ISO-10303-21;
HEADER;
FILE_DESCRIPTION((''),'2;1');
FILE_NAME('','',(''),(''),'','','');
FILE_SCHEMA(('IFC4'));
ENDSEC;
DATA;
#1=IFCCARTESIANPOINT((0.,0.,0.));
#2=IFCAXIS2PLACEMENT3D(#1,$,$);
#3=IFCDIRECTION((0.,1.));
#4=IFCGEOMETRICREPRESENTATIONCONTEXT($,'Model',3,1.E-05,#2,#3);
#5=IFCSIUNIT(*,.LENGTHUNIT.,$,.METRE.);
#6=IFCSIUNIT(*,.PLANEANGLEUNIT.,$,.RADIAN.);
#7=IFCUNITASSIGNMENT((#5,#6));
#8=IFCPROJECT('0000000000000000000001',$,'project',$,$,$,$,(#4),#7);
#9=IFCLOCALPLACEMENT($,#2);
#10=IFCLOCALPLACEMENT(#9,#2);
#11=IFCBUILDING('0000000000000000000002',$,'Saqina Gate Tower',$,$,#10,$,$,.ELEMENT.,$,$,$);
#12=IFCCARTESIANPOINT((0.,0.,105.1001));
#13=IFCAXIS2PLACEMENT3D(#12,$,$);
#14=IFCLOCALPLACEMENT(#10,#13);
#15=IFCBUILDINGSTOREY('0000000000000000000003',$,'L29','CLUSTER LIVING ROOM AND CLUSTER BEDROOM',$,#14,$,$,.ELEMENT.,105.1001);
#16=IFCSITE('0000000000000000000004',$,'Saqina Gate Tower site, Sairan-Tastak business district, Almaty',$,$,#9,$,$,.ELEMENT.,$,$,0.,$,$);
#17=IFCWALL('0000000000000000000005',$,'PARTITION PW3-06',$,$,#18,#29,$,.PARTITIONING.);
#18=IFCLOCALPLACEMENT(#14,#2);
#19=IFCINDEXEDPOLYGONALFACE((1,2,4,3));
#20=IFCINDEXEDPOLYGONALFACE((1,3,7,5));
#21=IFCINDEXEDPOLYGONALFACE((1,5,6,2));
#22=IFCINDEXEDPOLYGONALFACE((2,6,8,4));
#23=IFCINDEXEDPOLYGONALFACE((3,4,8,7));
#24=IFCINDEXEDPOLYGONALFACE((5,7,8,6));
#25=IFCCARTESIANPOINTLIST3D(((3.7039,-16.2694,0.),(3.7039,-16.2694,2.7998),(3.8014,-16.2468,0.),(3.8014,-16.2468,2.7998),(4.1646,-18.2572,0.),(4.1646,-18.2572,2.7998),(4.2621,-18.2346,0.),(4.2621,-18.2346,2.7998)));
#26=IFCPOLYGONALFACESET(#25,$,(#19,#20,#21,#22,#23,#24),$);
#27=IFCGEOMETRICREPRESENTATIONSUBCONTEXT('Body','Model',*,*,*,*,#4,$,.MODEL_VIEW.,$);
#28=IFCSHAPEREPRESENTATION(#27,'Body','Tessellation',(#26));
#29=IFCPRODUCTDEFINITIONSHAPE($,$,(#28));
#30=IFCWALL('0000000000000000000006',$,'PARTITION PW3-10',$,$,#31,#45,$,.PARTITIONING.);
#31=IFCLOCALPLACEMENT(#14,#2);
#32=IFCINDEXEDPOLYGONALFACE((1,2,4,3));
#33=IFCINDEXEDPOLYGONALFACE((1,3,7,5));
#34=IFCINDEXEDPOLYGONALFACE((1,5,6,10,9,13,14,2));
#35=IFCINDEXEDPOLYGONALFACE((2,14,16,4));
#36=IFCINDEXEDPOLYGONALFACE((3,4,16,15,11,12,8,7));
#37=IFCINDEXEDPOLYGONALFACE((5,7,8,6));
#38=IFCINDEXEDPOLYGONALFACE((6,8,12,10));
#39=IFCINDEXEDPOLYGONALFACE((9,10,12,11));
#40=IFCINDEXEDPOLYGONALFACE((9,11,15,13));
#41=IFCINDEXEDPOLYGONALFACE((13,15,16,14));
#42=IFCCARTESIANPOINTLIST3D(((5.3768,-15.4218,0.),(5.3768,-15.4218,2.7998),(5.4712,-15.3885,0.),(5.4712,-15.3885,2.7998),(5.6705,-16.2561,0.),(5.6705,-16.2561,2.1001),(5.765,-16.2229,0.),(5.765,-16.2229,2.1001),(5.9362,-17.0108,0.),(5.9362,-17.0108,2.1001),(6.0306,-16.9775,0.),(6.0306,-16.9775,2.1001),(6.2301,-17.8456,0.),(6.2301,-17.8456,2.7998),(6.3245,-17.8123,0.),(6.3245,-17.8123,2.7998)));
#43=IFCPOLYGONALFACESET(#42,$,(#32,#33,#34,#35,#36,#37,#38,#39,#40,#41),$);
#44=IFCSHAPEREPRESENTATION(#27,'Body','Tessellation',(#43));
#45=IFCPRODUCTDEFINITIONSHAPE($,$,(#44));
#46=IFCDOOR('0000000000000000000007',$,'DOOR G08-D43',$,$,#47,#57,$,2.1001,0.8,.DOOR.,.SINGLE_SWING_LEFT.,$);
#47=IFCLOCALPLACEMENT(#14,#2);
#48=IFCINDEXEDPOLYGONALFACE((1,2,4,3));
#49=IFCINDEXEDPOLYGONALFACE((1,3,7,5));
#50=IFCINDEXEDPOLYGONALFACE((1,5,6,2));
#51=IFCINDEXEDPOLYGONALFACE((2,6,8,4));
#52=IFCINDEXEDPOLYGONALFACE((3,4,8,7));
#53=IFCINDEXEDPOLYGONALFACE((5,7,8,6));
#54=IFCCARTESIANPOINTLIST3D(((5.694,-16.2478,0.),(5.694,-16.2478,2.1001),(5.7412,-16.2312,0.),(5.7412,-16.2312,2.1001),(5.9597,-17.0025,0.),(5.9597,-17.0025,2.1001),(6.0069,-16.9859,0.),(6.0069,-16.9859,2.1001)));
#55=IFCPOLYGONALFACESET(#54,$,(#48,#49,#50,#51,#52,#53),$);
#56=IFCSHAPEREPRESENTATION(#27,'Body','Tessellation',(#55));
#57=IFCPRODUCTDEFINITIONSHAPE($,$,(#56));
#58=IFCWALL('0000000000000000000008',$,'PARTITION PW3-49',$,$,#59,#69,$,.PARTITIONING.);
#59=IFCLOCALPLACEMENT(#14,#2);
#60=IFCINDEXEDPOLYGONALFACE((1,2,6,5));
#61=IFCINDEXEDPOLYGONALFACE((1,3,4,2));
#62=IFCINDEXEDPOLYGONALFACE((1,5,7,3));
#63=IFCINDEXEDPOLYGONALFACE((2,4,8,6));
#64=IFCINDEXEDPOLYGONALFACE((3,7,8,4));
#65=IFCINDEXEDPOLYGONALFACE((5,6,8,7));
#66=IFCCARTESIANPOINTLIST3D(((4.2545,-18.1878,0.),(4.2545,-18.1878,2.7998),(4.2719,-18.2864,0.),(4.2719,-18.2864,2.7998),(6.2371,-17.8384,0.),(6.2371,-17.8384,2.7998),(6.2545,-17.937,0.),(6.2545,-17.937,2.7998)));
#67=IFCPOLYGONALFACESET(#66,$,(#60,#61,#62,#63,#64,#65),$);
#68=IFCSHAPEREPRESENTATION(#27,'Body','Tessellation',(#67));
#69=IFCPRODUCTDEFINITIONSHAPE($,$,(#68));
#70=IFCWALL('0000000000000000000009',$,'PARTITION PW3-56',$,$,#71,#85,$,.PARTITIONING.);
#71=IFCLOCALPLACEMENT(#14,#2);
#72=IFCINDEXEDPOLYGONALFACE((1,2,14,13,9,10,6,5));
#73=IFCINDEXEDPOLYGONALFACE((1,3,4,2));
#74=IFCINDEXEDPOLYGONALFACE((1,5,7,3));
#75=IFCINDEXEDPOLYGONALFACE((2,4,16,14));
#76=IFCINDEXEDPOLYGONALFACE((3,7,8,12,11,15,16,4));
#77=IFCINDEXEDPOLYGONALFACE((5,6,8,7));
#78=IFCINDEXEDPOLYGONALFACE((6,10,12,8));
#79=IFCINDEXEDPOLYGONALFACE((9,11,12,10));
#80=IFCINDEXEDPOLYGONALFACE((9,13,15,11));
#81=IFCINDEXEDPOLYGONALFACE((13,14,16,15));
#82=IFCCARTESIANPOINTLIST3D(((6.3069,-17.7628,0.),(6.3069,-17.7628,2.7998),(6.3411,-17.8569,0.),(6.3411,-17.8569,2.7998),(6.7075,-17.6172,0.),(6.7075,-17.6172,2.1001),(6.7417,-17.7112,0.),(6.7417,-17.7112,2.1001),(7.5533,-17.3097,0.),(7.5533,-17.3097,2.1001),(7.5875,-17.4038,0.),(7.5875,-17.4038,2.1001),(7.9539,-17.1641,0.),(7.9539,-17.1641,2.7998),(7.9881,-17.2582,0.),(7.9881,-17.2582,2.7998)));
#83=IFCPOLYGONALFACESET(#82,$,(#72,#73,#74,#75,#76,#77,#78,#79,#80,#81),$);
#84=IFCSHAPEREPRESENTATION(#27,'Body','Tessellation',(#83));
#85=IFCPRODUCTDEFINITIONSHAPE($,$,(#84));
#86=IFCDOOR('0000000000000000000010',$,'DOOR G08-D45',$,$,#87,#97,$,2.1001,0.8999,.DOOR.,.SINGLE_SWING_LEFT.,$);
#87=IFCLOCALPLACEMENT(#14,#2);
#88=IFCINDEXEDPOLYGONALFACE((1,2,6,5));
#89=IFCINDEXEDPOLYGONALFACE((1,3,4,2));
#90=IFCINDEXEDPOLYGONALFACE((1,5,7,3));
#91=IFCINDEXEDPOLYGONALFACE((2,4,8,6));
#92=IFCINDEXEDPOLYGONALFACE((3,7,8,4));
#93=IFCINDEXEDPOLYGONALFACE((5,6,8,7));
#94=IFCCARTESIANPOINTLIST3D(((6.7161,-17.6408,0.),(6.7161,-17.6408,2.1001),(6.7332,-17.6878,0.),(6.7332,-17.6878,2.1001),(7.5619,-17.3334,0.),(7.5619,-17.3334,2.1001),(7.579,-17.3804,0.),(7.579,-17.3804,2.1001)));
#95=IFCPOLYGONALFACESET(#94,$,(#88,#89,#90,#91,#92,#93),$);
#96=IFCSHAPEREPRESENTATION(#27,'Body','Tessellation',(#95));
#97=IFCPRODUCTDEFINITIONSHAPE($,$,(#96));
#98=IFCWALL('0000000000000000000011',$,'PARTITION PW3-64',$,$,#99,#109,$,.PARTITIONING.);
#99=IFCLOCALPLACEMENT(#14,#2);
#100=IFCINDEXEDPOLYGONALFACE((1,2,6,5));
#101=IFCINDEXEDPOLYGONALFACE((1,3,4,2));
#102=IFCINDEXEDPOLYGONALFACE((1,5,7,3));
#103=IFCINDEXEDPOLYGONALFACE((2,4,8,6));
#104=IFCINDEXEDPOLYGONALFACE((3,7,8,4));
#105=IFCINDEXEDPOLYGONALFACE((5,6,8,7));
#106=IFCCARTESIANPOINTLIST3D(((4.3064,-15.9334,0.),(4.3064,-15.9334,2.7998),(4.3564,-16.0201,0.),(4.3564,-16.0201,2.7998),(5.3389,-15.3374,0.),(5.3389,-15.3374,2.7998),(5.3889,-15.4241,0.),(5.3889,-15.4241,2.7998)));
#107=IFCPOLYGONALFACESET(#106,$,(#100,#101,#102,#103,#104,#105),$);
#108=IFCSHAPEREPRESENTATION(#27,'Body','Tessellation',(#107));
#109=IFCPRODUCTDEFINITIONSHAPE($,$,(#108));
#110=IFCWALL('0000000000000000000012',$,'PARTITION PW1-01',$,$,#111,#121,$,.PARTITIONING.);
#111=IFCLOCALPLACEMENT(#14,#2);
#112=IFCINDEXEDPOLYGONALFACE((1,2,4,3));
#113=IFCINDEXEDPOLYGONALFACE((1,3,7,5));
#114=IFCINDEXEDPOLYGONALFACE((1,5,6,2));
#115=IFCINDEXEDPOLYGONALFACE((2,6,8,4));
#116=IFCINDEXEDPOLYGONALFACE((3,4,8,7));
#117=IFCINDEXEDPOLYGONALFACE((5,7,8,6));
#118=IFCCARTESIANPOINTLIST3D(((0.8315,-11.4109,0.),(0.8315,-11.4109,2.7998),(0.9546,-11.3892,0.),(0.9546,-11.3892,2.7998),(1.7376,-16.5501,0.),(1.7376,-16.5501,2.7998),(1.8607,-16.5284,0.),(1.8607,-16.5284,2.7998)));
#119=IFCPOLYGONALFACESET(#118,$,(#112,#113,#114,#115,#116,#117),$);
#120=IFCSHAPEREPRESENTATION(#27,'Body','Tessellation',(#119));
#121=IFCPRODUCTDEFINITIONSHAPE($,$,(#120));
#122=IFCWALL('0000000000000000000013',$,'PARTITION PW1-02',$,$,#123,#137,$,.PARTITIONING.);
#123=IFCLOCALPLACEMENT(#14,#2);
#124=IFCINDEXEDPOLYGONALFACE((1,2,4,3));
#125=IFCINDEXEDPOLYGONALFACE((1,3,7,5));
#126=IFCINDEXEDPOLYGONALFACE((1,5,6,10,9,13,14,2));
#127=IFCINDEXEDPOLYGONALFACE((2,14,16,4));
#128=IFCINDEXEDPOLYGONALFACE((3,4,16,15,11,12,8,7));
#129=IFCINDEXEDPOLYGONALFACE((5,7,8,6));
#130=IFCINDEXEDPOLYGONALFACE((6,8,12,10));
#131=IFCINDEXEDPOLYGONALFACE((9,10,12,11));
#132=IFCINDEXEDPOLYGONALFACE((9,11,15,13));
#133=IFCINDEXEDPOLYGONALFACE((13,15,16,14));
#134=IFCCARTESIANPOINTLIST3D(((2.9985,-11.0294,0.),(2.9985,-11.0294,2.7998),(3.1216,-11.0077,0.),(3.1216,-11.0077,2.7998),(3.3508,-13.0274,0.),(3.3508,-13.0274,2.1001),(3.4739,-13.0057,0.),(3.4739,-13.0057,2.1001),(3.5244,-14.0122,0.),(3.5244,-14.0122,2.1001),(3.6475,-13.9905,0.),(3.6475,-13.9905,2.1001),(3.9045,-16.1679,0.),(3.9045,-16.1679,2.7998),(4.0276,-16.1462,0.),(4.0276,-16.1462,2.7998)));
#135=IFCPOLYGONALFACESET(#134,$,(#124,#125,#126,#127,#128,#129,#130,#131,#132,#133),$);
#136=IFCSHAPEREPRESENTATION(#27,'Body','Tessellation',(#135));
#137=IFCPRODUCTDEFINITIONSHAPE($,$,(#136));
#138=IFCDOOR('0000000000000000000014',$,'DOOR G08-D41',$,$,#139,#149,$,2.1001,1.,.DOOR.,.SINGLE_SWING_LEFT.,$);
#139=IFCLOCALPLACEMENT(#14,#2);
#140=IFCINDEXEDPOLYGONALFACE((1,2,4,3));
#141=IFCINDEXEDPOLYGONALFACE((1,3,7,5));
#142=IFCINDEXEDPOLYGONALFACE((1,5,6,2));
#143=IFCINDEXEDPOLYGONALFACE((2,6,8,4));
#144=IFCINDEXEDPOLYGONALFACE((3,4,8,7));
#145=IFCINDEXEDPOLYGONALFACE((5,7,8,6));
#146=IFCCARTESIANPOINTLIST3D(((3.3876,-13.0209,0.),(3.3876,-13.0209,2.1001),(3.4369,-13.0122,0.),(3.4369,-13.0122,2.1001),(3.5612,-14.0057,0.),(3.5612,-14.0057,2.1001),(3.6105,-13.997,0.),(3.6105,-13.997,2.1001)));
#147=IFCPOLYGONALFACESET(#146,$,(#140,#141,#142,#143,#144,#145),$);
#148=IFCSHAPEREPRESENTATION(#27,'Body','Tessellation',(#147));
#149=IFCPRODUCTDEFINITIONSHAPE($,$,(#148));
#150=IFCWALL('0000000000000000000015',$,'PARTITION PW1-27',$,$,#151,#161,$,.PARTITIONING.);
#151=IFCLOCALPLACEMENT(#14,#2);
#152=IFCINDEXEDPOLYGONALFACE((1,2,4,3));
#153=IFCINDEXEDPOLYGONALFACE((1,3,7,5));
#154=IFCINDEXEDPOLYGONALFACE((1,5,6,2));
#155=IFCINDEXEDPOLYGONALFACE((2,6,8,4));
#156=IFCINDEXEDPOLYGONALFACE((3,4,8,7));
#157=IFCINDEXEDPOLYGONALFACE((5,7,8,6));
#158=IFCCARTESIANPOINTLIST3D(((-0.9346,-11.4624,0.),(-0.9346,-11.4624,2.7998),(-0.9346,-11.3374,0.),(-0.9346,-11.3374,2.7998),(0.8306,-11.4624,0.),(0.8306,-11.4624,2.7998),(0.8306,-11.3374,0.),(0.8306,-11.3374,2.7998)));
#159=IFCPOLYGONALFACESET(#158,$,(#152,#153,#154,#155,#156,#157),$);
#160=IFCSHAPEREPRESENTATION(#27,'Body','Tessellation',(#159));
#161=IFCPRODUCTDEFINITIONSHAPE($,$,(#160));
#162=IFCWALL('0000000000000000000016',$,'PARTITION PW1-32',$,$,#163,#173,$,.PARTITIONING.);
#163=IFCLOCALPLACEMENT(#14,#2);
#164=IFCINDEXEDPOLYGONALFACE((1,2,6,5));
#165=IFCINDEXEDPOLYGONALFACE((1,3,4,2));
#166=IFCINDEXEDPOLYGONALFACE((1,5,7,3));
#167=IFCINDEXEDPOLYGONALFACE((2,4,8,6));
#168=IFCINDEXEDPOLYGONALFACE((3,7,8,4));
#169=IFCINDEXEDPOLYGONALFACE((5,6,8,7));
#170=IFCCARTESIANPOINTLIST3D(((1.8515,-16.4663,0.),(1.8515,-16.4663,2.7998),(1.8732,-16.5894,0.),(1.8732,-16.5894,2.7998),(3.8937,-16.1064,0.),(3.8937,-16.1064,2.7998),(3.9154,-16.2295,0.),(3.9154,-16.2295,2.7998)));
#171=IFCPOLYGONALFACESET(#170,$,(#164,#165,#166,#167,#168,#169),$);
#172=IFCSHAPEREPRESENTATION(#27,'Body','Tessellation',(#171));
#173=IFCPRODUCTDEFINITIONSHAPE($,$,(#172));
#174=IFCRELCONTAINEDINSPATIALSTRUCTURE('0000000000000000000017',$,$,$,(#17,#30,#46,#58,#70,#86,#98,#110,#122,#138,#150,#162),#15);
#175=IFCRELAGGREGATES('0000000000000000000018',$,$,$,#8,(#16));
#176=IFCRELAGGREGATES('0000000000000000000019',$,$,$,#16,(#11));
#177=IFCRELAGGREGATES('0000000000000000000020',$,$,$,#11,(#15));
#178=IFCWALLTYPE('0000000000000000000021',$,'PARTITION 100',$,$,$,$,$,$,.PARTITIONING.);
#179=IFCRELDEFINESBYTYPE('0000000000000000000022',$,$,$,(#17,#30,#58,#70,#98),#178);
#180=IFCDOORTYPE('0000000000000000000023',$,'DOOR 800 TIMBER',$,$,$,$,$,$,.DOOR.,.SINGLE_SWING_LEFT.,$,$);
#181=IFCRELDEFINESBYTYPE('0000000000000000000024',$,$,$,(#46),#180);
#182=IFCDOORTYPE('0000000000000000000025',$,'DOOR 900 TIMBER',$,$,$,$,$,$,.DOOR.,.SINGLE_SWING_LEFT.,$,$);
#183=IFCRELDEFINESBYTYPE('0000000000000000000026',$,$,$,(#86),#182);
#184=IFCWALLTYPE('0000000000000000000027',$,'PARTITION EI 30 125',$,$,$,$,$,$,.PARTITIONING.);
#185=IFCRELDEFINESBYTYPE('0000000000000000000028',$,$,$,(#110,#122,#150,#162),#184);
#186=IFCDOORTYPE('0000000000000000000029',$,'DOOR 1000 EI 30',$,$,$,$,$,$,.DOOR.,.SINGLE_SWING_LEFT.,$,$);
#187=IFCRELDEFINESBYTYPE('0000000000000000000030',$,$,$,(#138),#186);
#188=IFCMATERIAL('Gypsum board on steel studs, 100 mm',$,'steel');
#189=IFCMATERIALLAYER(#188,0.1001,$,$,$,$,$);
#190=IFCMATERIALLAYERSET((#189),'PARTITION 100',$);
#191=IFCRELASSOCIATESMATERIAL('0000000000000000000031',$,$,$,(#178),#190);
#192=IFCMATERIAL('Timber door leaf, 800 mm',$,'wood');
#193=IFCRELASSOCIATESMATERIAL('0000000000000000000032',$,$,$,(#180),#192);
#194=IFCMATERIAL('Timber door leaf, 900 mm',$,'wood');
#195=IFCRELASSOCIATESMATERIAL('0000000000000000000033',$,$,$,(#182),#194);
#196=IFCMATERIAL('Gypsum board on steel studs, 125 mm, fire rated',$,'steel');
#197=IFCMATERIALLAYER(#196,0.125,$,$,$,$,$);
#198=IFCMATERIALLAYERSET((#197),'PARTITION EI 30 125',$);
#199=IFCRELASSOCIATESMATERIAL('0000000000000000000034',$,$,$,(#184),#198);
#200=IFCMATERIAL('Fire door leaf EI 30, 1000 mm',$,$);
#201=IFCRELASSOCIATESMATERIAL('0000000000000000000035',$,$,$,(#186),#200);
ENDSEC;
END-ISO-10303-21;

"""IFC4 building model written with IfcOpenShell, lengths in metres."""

from ifc_helpers import new_model, si_unit, direction, frame, frame_2d, origin, place, context, subcontext, project, spatial, rectangle, extrude, material, layer, layer_set, type_object, element, fill, save


model = new_model("IFC4")

# Units and contexts
model_context = context("Model", 3, precision=1e-05, world=origin(), true_north=direction((0.0, 1.0)))
body_context = subcontext(model_context, "Body", "Model", "MODEL_VIEW")
ifc_project = project(units=[si_unit("LENGTHUNIT", "METRE"), si_unit("PLANEANGLEUNIT", "RADIAN")], contexts=[model_context])

# Site, building, storey
site_placement = place(None, origin())
site = spatial("IfcSite", under=ifc_project, at=site_placement, Name="Saqina Gate Tower site, Sairan-Tastak business district, Almaty", CompositionType="ELEMENT", RefElevation=0.0)
building_placement = place(site_placement, origin())
building = spatial("IfcBuilding", under=site, at=building_placement, Name="Saqina Gate Tower", CompositionType="ELEMENT")
storey_placement = place(building_placement, frame((0.0, 0.0, 105.1001)))
storey = spatial("IfcBuildingStorey", under=building, at=storey_placement, Name="L29", Description="CLUSTER LIVING ROOM AND CLUSTER BEDROOM", CompositionType="ELEMENT", Elevation=105.1001)

# Wall
ifc_material_1 = material(Name="Gypsum board on steel studs, 100 mm", Category="steel")
ifc_layer_1 = layer(ifc_material_1, 0.1001)
ifc_layer_set_1 = layer_set([ifc_layer_1], Name="PARTITION 100")
wall_type_1 = type_object("IfcWallType", Name="PARTITION 100", PredefinedType="PARTITIONING", material=ifc_layer_set_1)
wall_1_placement = place(storey_placement, frame((3.7527, -16.2581, 0.0), z_axis=(0.0, 0.0, 1.0), x_axis=(0.225777, -0.974179, 0.0)))
element("IfcWall", 1, at=wall_1_placement, inside=storey, type_object=wall_type_1, Name="PARTITION PW3-06", PredefinedType="PARTITIONING", context=body_context, shape_type="SweptSolid", body=[
    extrude(rectangle(XDim=2.0405, YDim=0.1001, at=frame_2d((1.0203, 0.0))), origin(), (0.0, 0.0, 1.0), 2.7998),
])

# Wall, opening, door
wall_2_placement = place(storey_placement, frame((5.4241, -15.4053, 0.0), z_axis=(0.0, 0.0, 1.0), x_axis=(0.33206, -0.943258, 0.0)))
wall_2 = element("IfcWall", 2, at=wall_2_placement, inside=storey, type_object=wall_type_1, Name="PARTITION PW3-10", PredefinedType="PARTITIONING", context=body_context, shape_type="SweptSolid", body=[
    extrude(rectangle(XDim=2.5696, YDim=0.1001, at=frame_2d((1.2847, 0.0))), origin(), (0.0, 0.0, 1.0), 2.7998),
])
opening_1_placement = place(wall_2_placement, frame((0.8845, 0.0, 0.0)))
opening_1 = element("IfcOpeningElement", 3, at=opening_1_placement, cuts=wall_2, PredefinedType="OPENING", context=body_context, shape_type="SweptSolid", body=[
    extrude(rectangle(XDim=0.8, YDim=2.1001, at=frame_2d((0.3999, 1.05))), frame((0.0, 0.062, 0.0), z_axis=(0.0, -1.0, 0.0), x_axis=(1.0, 0.0, 0.0)), (0.0, 0.0, 1.0), 0.124),
])
ifc_material_2 = material(Name="Timber door leaf, 800 mm", Category="wood")
door_type_1 = type_object("IfcDoorType", Name="DOOR 800 TIMBER", OperationType="SINGLE_SWING_LEFT", PredefinedType="DOOR", material=ifc_material_2)
door_1_placement = place(opening_1_placement, origin())
door_1 = element("IfcDoor", 4, at=door_1_placement, inside=storey, type_object=door_type_1, Name="DOOR G08-D43", OperationType="SINGLE_SWING_LEFT", OverallHeight=2.1001, OverallWidth=0.8, PredefinedType="DOOR", context=body_context, shape_type="SweptSolid", body=[
    extrude(rectangle(XDim=0.8, YDim=2.1001, at=frame_2d((0.3999, 1.05))), frame((0.0, 0.0249, 0.0), z_axis=(0.0, -1.0, 0.0), x_axis=(1.0, 0.0, 0.0)), (0.0, 0.0, 1.0), 0.05),
])
fill(opening_1, door_1)

# Wall
wall_3_placement = place(storey_placement, frame((4.2632, -18.2371, 0.0), z_axis=(0.0, 0.0, 1.0), x_axis=(0.984827, 0.173536, 0.0)))
element("IfcWall", 5, at=wall_3_placement, inside=storey, type_object=wall_type_1, Name="PARTITION PW3-49", PredefinedType="PARTITIONING", context=body_context, shape_type="SweptSolid", body=[
    extrude(rectangle(XDim=2.0132, YDim=0.1001, at=frame_2d((1.0066, 0.0))), origin(), (0.0, 0.0, 1.0), 2.7998),
])

# Wall, opening, door
wall_4_placement = place(storey_placement, frame((6.324, -17.8098, 0.0), z_axis=(0.0, 0.0, 1.0), x_axis=(0.939842, 0.341609, 0.0)))
wall_4 = element("IfcWall", 6, at=wall_4_placement, inside=storey, type_object=wall_type_1, Name="PARTITION PW3-56", PredefinedType="PARTITIONING", context=body_context, shape_type="SweptSolid", body=[
    extrude(rectangle(XDim=1.7524, YDim=0.1001, at=frame_2d((0.8762, 0.0))), origin(), (0.0, 0.0, 1.0), 2.7998),
])
opening_2_placement = place(wall_4_placement, frame((0.4263, 0.0, 0.0)))
opening_2 = element("IfcOpeningElement", 7, at=opening_2_placement, cuts=wall_4, PredefinedType="OPENING", context=body_context, shape_type="SweptSolid", body=[
    extrude(rectangle(XDim=0.8999, YDim=2.1001, at=frame_2d((0.45, 1.05))), frame((0.0, 0.062, 0.0), z_axis=(0.0, -1.0, 0.0), x_axis=(1.0, 0.0, 0.0)), (0.0, 0.0, 1.0), 0.124),
])
ifc_material_3 = material(Name="Timber door leaf, 900 mm", Category="wood")
door_type_2 = type_object("IfcDoorType", Name="DOOR 900 TIMBER", OperationType="SINGLE_SWING_LEFT", PredefinedType="DOOR", material=ifc_material_3)
door_2_placement = place(opening_2_placement, origin())
door_2 = element("IfcDoor", 8, at=door_2_placement, inside=storey, type_object=door_type_2, Name="DOOR G08-D45", OperationType="SINGLE_SWING_LEFT", OverallHeight=2.1001, OverallWidth=0.8999, PredefinedType="DOOR", context=body_context, shape_type="SweptSolid", body=[
    extrude(rectangle(XDim=0.8999, YDim=2.1001, at=frame_2d((0.45, 1.05))), frame((0.0, 0.0249, 0.0), z_axis=(0.0, -1.0, 0.0), x_axis=(1.0, 0.0, 0.0)), (0.0, 0.0, 1.0), 0.05),
])
fill(opening_2, door_2)

# Walls
wall_5_placement = place(storey_placement, frame((4.3313, -15.9768, 0.0), z_axis=(0.0, 0.0, 1.0), x_axis=(0.86608, 0.499906, 0.0)))
element("IfcWall", 9, at=wall_5_placement, inside=storey, type_object=wall_type_1, Name="PARTITION PW3-64", PredefinedType="PARTITIONING", context=body_context, shape_type="SweptSolid", body=[
    extrude(rectangle(XDim=1.1921, YDim=0.1001, at=frame_2d((0.5962, 0.0))), origin(), (0.0, 0.0, 1.0), 2.7998),
])
ifc_material_4 = material(Name="Gypsum board on steel studs, 125 mm, fire rated", Category="steel")
ifc_layer_2 = layer(ifc_material_4, 0.125)
ifc_layer_set_2 = layer_set([ifc_layer_2], Name="PARTITION EI 30 125")
wall_type_2 = type_object("IfcWallType", Name="PARTITION EI 30 125", PredefinedType="PARTITIONING", material=ifc_layer_set_2)
wall_6_placement = place(storey_placement, frame((0.8931, -11.3999, 0.0), z_axis=(0.0, 0.0, 1.0), x_axis=(0.173617, -0.984813, 0.0)))
element("IfcWall", 10, at=wall_6_placement, inside=storey, type_object=wall_type_2, Name="PARTITION PW1-01", PredefinedType="PARTITIONING", context=body_context, shape_type="SweptSolid", body=[
    extrude(rectangle(XDim=5.2185, YDim=0.125, at=frame_2d((2.6094, 0.0))), origin(), (0.0, 0.0, 1.0), 2.7998),
])

# Wall, opening, door
wall_7_placement = place(storey_placement, frame((3.0601, -11.0186, 0.0), z_axis=(0.0, 0.0, 1.0), x_axis=(0.173641, -0.984809, 0.0)))
wall_7 = element("IfcWall", 11, at=wall_7_placement, inside=storey, type_object=wall_type_2, Name="PARTITION PW1-02", PredefinedType="PARTITIONING", context=body_context, shape_type="SweptSolid", body=[
    extrude(rectangle(XDim=5.2178, YDim=0.125, at=frame_2d((2.6089, 0.0))), origin(), (0.0, 0.0, 1.0), 2.7998),
])
opening_3_placement = place(wall_7_placement, frame((2.0288, 0.0, 0.0)))
opening_3 = element("IfcOpeningElement", 12, at=opening_3_placement, cuts=wall_7, PredefinedType="OPENING", context=body_context, shape_type="SweptSolid", body=[
    extrude(rectangle(XDim=1.0, YDim=2.1001, at=frame_2d((0.5, 1.05))), frame((0.0, 0.0745, 0.0), z_axis=(0.0, -1.0, 0.0), x_axis=(1.0, 0.0, 0.0)), (0.0, 0.0, 1.0), 0.1489),
])
ifc_material_5 = material(Name="Fire door leaf EI 30, 1000 mm")
door_type_3 = type_object("IfcDoorType", Name="DOOR 1000 EI 30", OperationType="SINGLE_SWING_LEFT", PredefinedType="DOOR", material=ifc_material_5)
door_3_placement = place(opening_3_placement, origin())
door_3 = element("IfcDoor", 13, at=door_3_placement, inside=storey, type_object=door_type_3, Name="DOOR G08-D41", OperationType="SINGLE_SWING_LEFT", OverallHeight=2.1001, OverallWidth=1.0, PredefinedType="DOOR", context=body_context, shape_type="SweptSolid", body=[
    extrude(rectangle(XDim=1.0, YDim=2.1001, at=frame_2d((0.5, 1.05))), frame((0.0, 0.0249, 0.0), z_axis=(0.0, -1.0, 0.0), x_axis=(1.0, 0.0, 0.0)), (0.0, 0.0, 1.0), 0.05),
])
fill(opening_3, door_3)

# Walls
wall_8_placement = place(storey_placement, frame((-0.9346, -11.3999, 0.0), z_axis=(0.0, 0.0, 1.0), x_axis=(1.0, 0.0, 0.0)))
element("IfcWall", 14, at=wall_8_placement, inside=storey, type_object=wall_type_2, Name="PARTITION PW1-27", PredefinedType="PARTITIONING", context=body_context, shape_type="SweptSolid", body=[
    extrude(rectangle(XDim=1.7651, YDim=0.125, at=frame_2d((0.8826, 0.0))), origin(), (0.0, 0.0, 1.0), 2.7998),
])
wall_9_placement = place(storey_placement, frame((1.8623, -16.5278, 0.0), z_axis=(0.0, 0.0, 1.0), x_axis=(0.984827, 0.173537, 0.0)))
element("IfcWall", 15, at=wall_9_placement, inside=storey, type_object=wall_type_2, Name="PARTITION PW1-32", PredefinedType="PARTITIONING", context=body_context, shape_type="SweptSolid", body=[
    extrude(rectangle(XDim=2.0737, YDim=0.125, at=frame_2d((1.0369, 0.0))), origin(), (0.0, 0.0, 1.0), 2.7998),
])

save(model, "model.ifc")
